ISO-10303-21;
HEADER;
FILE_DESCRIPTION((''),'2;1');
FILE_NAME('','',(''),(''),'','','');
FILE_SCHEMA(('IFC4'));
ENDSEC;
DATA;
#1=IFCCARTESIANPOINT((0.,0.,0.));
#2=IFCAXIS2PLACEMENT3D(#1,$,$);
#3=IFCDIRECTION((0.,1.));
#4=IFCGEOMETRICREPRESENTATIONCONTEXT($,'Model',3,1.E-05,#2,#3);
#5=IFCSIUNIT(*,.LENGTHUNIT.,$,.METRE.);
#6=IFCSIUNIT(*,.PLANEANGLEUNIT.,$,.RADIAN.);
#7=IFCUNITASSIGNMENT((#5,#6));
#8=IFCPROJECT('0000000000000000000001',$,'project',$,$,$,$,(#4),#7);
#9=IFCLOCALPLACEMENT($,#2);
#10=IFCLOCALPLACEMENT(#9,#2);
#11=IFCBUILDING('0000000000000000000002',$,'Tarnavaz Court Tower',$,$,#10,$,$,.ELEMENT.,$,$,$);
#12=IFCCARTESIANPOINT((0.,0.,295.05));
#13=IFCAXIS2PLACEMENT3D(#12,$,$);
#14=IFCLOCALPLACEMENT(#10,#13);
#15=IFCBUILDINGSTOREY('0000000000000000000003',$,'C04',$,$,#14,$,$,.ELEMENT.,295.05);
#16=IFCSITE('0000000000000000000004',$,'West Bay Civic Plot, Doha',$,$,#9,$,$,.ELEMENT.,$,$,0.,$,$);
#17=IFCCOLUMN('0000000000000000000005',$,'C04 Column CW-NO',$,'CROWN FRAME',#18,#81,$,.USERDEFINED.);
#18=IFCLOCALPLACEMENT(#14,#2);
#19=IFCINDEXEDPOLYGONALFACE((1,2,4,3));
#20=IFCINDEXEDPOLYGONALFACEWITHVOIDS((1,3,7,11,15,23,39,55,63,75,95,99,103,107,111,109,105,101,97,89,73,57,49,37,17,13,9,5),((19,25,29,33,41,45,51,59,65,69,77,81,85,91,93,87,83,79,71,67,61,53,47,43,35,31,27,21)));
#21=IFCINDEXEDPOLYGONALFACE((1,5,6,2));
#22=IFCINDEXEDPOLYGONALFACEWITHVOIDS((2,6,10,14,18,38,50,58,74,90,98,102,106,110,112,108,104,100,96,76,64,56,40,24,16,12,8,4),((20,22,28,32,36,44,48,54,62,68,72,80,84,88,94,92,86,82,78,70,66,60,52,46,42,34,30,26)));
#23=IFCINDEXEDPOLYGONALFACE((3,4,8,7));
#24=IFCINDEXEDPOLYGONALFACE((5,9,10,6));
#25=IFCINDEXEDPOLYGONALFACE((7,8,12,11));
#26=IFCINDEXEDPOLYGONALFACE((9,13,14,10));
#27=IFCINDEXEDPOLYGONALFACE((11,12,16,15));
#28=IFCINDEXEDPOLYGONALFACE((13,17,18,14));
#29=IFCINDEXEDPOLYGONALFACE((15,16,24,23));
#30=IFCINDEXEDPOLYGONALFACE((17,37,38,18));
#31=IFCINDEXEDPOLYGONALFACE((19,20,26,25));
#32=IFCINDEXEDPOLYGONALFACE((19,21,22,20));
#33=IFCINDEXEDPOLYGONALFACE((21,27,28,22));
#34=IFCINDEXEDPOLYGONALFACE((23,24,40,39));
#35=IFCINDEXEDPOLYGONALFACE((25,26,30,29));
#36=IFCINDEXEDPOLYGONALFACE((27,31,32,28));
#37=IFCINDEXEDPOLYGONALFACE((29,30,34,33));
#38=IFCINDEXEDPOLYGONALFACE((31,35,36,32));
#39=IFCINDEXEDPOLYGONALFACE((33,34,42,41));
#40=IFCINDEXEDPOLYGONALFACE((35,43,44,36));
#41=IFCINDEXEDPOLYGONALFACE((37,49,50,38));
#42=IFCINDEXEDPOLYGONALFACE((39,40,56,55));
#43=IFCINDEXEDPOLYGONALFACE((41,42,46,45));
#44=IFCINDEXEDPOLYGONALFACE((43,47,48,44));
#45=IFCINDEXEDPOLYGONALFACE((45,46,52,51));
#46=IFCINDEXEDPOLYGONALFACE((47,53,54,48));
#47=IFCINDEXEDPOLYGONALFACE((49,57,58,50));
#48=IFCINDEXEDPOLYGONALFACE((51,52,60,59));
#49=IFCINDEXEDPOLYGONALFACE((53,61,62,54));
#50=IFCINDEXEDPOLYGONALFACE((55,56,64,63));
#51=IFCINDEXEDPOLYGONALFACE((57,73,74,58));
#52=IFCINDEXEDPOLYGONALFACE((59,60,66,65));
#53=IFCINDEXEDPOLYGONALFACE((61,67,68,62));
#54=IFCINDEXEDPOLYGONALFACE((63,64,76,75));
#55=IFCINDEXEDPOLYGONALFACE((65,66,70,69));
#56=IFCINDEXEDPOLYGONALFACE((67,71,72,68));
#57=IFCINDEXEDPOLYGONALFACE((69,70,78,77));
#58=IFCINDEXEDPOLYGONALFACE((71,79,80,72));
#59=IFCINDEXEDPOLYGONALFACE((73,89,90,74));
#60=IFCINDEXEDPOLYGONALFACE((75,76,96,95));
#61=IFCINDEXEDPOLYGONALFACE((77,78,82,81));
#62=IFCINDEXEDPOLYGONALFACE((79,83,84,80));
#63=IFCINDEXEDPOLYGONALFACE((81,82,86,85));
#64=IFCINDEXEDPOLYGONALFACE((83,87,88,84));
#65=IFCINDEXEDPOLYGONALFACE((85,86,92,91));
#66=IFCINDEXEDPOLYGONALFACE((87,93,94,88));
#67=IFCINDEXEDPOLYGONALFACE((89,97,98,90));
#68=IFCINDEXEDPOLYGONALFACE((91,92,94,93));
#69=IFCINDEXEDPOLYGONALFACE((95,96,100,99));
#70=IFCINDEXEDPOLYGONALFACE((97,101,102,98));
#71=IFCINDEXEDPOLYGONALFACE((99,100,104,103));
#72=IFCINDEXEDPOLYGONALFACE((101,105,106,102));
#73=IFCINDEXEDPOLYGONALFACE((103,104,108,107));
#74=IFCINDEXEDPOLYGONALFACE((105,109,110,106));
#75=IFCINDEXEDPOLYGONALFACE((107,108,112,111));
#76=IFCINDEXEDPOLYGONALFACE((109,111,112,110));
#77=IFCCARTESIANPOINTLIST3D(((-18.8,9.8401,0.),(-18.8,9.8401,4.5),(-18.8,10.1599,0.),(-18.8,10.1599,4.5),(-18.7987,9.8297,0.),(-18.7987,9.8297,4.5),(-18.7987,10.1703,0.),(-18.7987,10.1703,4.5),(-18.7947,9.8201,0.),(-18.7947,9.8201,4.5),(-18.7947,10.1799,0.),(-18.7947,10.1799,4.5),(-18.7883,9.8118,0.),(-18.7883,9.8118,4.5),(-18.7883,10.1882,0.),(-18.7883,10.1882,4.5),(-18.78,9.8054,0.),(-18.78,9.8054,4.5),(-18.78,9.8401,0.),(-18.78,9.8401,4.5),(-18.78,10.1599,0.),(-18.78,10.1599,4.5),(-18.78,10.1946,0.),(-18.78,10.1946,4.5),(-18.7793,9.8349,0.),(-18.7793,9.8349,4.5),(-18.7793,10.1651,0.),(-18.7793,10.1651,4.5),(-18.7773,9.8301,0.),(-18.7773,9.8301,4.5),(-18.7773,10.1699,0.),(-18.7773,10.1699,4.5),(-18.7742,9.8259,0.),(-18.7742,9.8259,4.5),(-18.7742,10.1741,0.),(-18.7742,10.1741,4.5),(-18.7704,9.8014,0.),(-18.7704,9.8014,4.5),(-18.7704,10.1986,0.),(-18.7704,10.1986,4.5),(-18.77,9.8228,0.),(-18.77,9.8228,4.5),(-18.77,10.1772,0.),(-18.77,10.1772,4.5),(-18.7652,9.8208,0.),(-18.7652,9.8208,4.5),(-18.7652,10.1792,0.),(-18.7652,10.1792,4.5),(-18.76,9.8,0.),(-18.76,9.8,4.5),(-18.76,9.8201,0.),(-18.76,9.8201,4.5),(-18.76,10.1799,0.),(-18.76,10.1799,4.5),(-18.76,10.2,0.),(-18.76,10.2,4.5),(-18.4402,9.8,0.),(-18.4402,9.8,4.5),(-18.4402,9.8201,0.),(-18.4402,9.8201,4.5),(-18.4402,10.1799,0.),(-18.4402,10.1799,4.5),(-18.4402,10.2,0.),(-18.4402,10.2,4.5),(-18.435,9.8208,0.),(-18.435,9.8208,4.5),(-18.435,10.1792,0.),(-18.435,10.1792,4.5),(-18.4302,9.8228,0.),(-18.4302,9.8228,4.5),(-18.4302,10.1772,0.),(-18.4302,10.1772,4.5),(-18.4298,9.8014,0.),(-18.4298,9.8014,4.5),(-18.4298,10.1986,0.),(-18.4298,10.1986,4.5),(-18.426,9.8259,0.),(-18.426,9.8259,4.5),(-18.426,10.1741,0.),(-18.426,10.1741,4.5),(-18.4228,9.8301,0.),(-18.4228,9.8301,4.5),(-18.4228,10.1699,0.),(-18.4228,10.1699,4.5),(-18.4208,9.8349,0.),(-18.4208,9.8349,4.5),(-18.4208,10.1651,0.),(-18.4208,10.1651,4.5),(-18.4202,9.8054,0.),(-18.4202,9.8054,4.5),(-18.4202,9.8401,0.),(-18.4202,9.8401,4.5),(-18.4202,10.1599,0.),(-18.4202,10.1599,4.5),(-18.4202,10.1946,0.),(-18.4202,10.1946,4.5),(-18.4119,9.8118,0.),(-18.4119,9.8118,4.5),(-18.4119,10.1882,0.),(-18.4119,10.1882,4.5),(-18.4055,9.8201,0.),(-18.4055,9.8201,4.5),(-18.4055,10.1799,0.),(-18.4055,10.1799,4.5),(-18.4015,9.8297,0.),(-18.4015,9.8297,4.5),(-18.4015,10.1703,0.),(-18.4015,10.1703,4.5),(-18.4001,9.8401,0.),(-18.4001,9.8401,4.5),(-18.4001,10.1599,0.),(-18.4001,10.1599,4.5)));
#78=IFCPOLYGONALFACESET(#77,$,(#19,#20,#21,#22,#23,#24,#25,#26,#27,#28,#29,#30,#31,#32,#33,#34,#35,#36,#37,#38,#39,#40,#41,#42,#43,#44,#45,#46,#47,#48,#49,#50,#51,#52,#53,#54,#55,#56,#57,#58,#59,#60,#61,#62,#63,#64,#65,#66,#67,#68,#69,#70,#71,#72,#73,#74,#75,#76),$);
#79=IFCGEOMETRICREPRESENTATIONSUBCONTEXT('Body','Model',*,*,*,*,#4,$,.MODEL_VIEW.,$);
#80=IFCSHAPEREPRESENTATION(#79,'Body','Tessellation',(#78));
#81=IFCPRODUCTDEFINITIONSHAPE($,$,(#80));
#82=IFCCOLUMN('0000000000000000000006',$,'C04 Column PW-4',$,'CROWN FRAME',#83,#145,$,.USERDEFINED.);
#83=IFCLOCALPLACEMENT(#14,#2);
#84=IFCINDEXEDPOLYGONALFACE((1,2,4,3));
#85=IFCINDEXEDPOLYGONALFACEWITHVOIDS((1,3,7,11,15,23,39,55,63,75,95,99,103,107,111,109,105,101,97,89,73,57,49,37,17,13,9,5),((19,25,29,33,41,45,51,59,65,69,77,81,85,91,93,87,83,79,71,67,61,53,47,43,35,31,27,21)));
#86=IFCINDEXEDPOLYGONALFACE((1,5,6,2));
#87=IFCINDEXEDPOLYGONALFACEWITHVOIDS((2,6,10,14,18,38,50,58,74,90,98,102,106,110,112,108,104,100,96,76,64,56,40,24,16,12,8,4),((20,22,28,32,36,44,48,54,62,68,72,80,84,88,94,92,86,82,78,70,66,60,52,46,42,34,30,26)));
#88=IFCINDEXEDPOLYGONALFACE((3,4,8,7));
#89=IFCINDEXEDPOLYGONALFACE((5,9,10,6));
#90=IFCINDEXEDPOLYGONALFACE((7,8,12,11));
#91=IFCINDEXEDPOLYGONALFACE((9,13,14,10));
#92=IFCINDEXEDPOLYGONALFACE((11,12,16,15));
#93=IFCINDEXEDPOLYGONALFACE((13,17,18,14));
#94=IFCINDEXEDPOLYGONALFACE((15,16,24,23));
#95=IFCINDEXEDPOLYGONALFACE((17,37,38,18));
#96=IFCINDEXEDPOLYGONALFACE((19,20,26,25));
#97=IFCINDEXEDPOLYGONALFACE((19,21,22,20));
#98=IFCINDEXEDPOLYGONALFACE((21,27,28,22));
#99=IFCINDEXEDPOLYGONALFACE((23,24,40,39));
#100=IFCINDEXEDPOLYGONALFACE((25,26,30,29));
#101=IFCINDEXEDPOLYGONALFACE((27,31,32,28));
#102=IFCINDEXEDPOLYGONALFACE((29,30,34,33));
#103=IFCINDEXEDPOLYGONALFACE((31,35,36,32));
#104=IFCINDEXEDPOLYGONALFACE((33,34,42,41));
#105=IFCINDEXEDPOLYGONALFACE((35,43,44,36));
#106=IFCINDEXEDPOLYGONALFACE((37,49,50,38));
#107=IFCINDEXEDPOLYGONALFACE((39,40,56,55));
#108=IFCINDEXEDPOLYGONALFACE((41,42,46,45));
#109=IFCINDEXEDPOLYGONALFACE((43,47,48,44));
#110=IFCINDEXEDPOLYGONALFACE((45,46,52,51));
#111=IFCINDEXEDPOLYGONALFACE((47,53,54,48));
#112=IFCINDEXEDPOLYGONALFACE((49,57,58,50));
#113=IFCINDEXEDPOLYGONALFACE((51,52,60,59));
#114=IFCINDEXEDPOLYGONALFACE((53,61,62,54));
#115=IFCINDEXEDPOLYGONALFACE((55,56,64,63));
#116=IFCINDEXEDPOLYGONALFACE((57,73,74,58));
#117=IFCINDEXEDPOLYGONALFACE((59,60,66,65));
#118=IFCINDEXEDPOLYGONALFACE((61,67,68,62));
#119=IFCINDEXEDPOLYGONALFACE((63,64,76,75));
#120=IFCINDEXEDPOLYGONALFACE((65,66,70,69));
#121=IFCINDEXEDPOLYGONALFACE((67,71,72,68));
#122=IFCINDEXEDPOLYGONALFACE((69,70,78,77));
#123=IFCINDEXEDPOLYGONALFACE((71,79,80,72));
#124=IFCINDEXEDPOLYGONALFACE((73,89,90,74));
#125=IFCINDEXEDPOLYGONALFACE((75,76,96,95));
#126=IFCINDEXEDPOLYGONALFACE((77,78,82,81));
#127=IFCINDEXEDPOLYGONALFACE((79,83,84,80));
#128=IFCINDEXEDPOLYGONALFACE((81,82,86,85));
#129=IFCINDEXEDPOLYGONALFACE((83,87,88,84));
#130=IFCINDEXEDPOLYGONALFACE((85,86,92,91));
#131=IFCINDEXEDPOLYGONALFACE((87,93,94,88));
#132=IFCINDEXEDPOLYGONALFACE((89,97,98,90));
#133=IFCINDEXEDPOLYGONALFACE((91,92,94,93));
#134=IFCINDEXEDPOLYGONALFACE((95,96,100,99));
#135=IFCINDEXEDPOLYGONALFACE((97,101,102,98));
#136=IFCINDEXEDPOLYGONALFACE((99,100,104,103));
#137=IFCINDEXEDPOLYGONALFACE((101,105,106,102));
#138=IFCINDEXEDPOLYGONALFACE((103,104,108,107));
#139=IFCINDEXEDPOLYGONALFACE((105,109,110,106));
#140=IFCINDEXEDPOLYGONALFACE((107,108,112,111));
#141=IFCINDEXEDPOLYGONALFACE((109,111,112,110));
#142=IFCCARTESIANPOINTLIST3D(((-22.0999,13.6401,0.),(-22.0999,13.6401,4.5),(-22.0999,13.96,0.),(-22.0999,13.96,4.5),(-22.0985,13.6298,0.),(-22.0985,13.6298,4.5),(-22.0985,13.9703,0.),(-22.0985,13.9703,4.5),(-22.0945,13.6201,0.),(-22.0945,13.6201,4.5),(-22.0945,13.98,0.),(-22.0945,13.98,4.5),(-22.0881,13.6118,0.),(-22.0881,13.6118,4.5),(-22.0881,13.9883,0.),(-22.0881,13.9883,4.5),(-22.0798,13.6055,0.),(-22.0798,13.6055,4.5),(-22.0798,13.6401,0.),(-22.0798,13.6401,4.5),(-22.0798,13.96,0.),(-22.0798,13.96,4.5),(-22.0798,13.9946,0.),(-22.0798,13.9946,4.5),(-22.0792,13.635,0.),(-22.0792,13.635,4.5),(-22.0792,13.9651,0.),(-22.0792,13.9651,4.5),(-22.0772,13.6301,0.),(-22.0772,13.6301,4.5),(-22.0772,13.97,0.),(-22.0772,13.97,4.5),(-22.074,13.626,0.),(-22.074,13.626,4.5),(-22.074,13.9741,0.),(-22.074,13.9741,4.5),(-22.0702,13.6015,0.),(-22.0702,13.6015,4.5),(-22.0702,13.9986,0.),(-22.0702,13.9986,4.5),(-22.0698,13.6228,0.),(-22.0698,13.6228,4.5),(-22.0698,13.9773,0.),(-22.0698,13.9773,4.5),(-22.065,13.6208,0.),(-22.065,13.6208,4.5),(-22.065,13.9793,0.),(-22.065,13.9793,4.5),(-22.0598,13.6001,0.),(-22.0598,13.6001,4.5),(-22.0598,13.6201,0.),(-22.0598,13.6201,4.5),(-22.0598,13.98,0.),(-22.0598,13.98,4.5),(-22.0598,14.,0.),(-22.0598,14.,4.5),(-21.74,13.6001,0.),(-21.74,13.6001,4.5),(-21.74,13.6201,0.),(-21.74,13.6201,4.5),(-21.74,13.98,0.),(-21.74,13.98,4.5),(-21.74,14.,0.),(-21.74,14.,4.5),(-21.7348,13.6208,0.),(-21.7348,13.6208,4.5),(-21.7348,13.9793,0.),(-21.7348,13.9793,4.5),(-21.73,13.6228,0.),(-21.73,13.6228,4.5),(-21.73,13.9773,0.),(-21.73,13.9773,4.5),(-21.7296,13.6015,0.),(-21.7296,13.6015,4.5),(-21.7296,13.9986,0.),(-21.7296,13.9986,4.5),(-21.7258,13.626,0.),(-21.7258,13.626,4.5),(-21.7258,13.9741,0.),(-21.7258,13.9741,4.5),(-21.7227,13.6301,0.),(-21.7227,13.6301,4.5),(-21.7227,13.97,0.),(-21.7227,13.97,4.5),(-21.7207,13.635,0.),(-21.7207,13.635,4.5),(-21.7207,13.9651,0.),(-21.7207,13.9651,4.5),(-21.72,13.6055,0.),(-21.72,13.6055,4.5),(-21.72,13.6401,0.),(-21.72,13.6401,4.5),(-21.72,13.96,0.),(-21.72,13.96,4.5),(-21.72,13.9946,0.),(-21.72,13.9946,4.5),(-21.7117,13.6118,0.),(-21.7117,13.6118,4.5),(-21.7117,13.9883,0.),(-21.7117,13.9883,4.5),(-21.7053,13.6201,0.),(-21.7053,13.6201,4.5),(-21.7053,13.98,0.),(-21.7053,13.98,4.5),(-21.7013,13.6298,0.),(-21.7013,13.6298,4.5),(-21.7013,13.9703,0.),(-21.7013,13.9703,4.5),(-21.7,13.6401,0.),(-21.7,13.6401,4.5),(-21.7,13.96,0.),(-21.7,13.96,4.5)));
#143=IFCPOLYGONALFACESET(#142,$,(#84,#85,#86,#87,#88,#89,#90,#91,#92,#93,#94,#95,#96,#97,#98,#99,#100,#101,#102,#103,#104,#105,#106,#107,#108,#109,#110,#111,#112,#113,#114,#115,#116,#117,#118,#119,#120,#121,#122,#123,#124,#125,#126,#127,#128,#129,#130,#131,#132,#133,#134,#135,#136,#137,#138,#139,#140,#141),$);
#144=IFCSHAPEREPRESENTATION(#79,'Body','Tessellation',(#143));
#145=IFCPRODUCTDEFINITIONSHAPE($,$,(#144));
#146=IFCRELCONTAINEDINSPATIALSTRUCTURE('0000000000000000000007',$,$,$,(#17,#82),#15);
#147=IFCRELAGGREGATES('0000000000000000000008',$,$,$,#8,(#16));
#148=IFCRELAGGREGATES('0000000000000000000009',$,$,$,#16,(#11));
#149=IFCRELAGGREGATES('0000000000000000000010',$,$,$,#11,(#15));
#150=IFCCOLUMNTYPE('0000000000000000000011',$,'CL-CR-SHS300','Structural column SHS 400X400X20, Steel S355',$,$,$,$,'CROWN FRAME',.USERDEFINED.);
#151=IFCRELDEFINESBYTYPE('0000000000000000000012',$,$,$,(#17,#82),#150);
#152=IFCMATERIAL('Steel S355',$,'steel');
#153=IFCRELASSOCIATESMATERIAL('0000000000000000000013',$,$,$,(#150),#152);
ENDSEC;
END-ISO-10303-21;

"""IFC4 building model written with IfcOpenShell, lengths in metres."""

from ifc_helpers import new_model, si_unit, direction, frame, origin, origin_2d, place, context, subcontext, project, spatial, hollow_rectangle, extrude, material, material_profile, profile_set, type_object, element, save


model = new_model("IFC4")

# Units and contexts
model_context = context("Model", 3, precision=1e-05, world=origin(), true_north=direction((0.0, 1.0)))
body_context = subcontext(model_context, "Body", "Model", "MODEL_VIEW")
ifc_project = project(units=[si_unit("LENGTHUNIT", "METRE"), si_unit("PLANEANGLEUNIT", "RADIAN")], contexts=[model_context])

# Site, building, storey
site_placement = place(None, origin())
site = spatial("IfcSite", under=ifc_project, at=site_placement, Name="West Bay Civic Plot, Doha", CompositionType="ELEMENT", RefElevation=0.0)
building_placement = place(site_placement, origin())
building = spatial("IfcBuilding", under=site, at=building_placement, Name="Tarnavaz Court Tower", CompositionType="ELEMENT")
storey_placement = place(building_placement, frame((0.0, 0.0, 295.05)))
storey = spatial("IfcBuildingStorey", under=building, at=storey_placement, Name="C04", CompositionType="ELEMENT", Elevation=295.05)

# Columns
ifc_material_1 = material(Name="Steel S355", Category="steel")
ifc_material_profile_1 = material_profile(ifc_material_1, hollow_rectangle(XDim=0.3999, YDim=0.3999, WallThickness=0.02, InnerFilletRadius=0.02, OuterFilletRadius=0.04, at=origin_2d()), Name="SHS 400X400X20")
ifc_profile_set_1 = profile_set([ifc_material_profile_1], Name="Steel S355")
column_type = type_object("IfcColumnType", Name="CL-CR-SHS300", Description="Structural column SHS 400X400X20, Steel S355", ElementType="CROWN FRAME", PredefinedType="USERDEFINED", material=ifc_profile_set_1)
for number, where, z_axis, x_axis, name in (
    (1, (-18.6001, 10.0, 0.0), (0.0, 0.0, 1.0), (1.0, 0.0, 0.0), "C04 Column CW-NO"),
    (2, (-21.8999, 13.8, 0.0), (0.0, 0.0, 1.0), (1.0, 0.0, 0.0), "C04 Column PW-4"),
):
    element("IfcColumn", number, at=place(storey_placement, frame(where, z_axis=z_axis, x_axis=x_axis)), inside=storey, type_object=column_type, Name=name, ObjectType="CROWN FRAME", PredefinedType="USERDEFINED", context=body_context, shape_type="SweptSolid", body=[
        extrude(hollow_rectangle(XDim=0.3999, YDim=0.3999, WallThickness=0.02, InnerFilletRadius=0.02, OuterFilletRadius=0.04, at=origin_2d()), origin(), (0.0, 0.0, 1.0), 4.5),
    ])

save(model, "model.ifc")
